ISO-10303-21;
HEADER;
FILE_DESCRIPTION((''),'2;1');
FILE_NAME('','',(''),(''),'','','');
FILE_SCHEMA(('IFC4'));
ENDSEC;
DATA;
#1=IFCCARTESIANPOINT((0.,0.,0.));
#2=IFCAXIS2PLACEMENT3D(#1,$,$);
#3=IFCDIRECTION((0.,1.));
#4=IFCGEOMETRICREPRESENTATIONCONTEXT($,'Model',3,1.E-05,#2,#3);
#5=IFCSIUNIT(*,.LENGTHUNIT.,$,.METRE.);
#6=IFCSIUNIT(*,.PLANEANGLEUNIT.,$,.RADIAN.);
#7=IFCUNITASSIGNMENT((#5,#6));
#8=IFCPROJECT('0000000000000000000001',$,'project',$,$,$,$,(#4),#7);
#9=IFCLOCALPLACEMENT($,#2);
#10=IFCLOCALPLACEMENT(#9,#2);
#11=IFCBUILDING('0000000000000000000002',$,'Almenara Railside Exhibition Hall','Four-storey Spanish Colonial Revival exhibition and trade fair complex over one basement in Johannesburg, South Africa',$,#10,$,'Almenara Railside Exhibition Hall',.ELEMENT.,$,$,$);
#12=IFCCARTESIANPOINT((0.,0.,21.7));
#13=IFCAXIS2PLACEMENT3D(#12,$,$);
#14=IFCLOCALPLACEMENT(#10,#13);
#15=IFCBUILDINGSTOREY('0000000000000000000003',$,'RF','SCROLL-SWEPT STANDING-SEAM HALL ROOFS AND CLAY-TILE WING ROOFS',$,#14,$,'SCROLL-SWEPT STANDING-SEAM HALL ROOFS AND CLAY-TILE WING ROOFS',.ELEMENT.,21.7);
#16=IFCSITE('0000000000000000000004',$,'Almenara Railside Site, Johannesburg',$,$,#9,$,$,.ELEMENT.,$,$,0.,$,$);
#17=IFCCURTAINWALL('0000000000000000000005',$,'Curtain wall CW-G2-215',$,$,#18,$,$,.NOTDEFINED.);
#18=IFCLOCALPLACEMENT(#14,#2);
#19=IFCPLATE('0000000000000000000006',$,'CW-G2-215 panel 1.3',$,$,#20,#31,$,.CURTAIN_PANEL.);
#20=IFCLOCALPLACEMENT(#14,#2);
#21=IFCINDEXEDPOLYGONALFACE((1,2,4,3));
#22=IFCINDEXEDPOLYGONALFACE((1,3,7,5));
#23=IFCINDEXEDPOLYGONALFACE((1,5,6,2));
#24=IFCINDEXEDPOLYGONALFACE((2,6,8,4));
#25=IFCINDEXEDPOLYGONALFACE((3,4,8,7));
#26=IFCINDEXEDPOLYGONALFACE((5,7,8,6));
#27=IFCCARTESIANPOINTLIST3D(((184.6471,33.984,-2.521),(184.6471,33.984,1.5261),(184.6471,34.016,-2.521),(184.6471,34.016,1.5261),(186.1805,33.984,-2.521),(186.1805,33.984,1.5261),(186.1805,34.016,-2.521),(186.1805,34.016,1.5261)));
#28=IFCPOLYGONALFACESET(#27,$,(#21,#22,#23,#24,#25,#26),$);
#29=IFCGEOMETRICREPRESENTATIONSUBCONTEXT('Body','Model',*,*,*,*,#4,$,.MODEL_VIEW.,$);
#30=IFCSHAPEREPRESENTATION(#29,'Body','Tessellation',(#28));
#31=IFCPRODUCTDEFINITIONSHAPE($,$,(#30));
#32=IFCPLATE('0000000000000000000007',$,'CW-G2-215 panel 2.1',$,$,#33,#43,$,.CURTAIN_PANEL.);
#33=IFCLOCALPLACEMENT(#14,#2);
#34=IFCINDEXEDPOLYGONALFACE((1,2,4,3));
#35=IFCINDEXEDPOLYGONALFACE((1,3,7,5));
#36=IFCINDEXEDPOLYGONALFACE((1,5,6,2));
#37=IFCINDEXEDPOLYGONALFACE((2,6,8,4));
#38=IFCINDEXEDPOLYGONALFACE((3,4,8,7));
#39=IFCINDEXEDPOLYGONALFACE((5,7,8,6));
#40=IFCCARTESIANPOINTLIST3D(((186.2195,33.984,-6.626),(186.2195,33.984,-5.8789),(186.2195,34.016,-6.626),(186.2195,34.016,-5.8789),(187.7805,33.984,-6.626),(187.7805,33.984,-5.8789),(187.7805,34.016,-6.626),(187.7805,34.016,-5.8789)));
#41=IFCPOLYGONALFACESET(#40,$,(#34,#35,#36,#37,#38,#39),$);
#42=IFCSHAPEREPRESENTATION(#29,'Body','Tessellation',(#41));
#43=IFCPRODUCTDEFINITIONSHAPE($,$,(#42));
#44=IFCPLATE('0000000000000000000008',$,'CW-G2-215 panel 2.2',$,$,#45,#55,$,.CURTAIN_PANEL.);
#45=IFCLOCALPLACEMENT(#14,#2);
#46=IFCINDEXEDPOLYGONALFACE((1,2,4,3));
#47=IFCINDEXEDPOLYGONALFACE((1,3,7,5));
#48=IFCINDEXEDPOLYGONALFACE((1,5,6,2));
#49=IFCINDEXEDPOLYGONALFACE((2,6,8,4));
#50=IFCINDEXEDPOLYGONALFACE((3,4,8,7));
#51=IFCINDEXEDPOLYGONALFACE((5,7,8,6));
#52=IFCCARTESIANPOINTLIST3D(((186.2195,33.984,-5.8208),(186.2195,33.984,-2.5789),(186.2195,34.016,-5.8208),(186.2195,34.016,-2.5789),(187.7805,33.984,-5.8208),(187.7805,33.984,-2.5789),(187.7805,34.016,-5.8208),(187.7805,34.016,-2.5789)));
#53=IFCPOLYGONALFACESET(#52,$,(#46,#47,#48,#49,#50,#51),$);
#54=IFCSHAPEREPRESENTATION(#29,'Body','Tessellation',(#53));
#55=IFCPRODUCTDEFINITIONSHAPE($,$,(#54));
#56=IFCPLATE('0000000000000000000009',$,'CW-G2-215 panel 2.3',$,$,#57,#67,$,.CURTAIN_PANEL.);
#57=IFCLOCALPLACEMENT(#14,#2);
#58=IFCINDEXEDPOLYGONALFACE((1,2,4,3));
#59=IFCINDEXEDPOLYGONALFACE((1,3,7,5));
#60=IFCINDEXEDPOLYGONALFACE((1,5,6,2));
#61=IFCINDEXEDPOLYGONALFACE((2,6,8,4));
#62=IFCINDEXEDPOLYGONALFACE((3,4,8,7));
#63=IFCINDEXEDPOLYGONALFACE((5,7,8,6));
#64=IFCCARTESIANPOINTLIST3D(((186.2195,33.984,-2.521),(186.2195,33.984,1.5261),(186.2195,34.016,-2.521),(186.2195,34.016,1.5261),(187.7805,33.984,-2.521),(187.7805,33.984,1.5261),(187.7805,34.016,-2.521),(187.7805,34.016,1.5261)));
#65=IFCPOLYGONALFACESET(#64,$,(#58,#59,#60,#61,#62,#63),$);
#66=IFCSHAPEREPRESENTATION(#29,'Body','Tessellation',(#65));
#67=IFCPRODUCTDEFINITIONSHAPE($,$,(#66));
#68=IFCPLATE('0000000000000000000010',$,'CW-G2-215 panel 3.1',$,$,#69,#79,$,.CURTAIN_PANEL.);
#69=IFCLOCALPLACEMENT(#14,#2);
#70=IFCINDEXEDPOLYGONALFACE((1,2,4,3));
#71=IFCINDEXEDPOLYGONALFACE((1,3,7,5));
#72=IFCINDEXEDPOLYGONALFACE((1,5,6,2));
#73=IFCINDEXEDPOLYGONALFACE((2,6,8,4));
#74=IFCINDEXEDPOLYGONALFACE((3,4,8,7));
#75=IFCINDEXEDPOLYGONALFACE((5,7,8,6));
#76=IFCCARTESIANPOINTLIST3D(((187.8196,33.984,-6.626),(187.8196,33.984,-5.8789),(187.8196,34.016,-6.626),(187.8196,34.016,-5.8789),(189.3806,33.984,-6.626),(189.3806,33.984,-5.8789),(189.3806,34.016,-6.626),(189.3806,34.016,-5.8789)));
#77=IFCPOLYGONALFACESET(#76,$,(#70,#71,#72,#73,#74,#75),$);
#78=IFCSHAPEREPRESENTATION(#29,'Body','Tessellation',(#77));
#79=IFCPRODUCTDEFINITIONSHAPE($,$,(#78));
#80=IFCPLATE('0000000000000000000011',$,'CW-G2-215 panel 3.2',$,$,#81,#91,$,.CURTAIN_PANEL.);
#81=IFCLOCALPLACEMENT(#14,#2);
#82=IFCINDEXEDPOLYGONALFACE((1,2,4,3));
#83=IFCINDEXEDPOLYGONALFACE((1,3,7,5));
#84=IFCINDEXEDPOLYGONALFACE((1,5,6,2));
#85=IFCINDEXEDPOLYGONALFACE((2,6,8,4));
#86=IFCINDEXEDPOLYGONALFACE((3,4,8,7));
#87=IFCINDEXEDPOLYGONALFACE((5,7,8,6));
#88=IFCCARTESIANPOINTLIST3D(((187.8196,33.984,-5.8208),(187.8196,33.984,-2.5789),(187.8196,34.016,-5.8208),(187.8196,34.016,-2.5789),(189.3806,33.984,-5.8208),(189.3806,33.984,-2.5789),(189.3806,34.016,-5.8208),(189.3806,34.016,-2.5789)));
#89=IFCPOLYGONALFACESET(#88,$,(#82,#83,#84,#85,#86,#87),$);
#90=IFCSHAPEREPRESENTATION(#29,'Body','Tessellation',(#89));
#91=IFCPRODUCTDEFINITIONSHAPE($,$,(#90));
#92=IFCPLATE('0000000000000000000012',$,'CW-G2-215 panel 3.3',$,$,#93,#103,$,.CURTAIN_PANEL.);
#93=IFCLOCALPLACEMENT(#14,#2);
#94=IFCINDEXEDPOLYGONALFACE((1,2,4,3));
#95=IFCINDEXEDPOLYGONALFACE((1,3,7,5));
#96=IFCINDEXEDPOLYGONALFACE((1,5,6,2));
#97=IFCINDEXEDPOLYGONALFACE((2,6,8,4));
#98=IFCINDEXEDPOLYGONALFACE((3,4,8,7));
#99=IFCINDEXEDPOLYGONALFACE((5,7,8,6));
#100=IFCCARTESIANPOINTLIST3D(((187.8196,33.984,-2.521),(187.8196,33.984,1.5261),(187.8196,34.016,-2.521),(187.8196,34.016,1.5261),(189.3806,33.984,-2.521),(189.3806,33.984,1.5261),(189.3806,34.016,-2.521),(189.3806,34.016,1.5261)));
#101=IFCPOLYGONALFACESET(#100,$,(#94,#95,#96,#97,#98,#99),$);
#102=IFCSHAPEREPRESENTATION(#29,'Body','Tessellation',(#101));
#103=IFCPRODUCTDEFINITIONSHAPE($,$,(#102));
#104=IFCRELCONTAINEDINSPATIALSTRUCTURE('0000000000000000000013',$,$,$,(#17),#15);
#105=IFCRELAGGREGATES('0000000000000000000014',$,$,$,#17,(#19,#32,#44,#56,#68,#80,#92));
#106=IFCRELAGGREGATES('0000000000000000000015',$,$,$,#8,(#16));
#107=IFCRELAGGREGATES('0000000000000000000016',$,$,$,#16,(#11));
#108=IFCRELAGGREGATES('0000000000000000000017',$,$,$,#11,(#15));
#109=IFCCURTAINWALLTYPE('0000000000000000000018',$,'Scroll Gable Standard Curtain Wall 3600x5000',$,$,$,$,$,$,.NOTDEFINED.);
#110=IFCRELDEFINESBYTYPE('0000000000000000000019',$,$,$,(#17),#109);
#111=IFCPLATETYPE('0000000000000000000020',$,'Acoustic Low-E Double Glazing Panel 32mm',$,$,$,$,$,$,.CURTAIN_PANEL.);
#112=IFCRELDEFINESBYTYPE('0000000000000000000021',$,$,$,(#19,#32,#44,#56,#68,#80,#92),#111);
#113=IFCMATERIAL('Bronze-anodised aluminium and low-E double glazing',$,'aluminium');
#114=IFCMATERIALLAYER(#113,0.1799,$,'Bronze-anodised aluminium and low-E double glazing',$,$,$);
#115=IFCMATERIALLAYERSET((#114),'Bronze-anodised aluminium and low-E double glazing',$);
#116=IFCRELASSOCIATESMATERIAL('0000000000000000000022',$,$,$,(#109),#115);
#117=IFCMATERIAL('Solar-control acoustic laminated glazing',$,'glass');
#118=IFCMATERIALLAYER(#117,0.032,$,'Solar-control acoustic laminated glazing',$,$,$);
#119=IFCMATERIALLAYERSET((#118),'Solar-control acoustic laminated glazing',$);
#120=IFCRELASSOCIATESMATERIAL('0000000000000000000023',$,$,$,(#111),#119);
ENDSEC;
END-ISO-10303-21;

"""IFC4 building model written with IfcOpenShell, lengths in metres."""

from ifc_helpers import new_model, si_unit, direction, frame, origin, origin_2d, place, context, subcontext, project, spatial, rectangle, extrude, material, layer, layer_set, type_object, element, aggregate, save


model = new_model("IFC4")

# Units and contexts
model_context = context("Model", 3, precision=1e-05, world=origin(), true_north=direction((0.0, 1.0)))
body_context = subcontext(model_context, "Body", "Model", "MODEL_VIEW")
ifc_project = project(units=[si_unit("LENGTHUNIT", "METRE"), si_unit("PLANEANGLEUNIT", "RADIAN")], contexts=[model_context])

# Site, building, storey
site_placement = place(None, origin())
site = spatial("IfcSite", under=ifc_project, at=site_placement, Name="Almenara Railside Site, Johannesburg", CompositionType="ELEMENT", RefElevation=0.0)
building_placement = place(site_placement, origin())
building = spatial("IfcBuilding", under=site, at=building_placement, Name="Almenara Railside Exhibition Hall", Description="Four-storey Spanish Colonial Revival exhibition and trade fair complex over one basement in Johannesburg, South Africa", LongName="Almenara Railside Exhibition Hall", CompositionType="ELEMENT")
storey_placement = place(building_placement, frame((0.0, 0.0, 21.7)))
storey = spatial("IfcBuildingStorey", under=building, at=storey_placement, Name="RF", Description="SCROLL-SWEPT STANDING-SEAM HALL ROOFS AND CLAY-TILE WING ROOFS", LongName="SCROLL-SWEPT STANDING-SEAM HALL ROOFS AND CLAY-TILE WING ROOFS", CompositionType="ELEMENT", Elevation=21.7)

# Curtain wall
ifc_material_1 = material(Name="Bronze-anodised aluminium and low-E double glazing", Category="aluminium")
ifc_layer_1 = layer(ifc_material_1, 0.1799, Name="Bronze-anodised aluminium and low-E double glazing")
ifc_layer_set_1 = layer_set([ifc_layer_1], Name="Bronze-anodised aluminium and low-E double glazing")
curtain_wall_type = type_object("IfcCurtainWallType", Name="Scroll Gable Standard Curtain Wall 3600x5000", PredefinedType="NOTDEFINED", material=ifc_layer_set_1)
curtain_wall_placement = place(storey_placement, origin())
curtain_wall = element("IfcCurtainWall", 1, at=curtain_wall_placement, inside=storey, type_object=curtain_wall_type, Name="Curtain wall CW-G2-215", PredefinedType="NOTDEFINED")

# Plates
ifc_material_2 = material(Name="Solar-control acoustic laminated glazing", Category="glass")
ifc_layer_2 = layer(ifc_material_2, 0.032, Name="Solar-control acoustic laminated glazing")
ifc_layer_set_2 = layer_set([ifc_layer_2], Name="Solar-control acoustic laminated glazing")
plate_type = type_object("IfcPlateType", Name="Acoustic Low-E Double Glazing Panel 32mm", PredefinedType="CURTAIN_PANEL", material=ifc_layer_set_2)
plate_1_placement = place(storey_placement, frame((185.4138, 34.0, -2.521), z_axis=(0.0, 0.0, 1.0), x_axis=(1.0, 0.0, 0.0)))
plate_1 = element("IfcPlate", 2, at=plate_1_placement, type_object=plate_type, Name="CW-G2-215 panel 1.3", PredefinedType="CURTAIN_PANEL", context=body_context, shape_type="SweptSolid", body=[
    extrude(rectangle(XDim=1.5334, YDim=0.032, at=origin_2d()), origin(), (0.0, 0.0, 1.0), 4.0471),
])
plate_2_placement = place(storey_placement, frame((187.0, 34.0, -6.626), z_axis=(0.0, 0.0, 1.0), x_axis=(1.0, 0.0, 0.0)))
plate_2 = element("IfcPlate", 3, at=plate_2_placement, type_object=plate_type, Name="CW-G2-215 panel 2.1", PredefinedType="CURTAIN_PANEL", context=body_context, shape_type="SweptSolid", body=[
    extrude(rectangle(XDim=1.561, YDim=0.032, at=origin_2d()), origin(), (0.0, 0.0, 1.0), 0.7471),
])
plate_3_placement = place(storey_placement, frame((187.0, 34.0, -5.8208), z_axis=(0.0, 0.0, 1.0), x_axis=(1.0, 0.0, 0.0)))
plate_3 = element("IfcPlate", 4, at=plate_3_placement, type_object=plate_type, Name="CW-G2-215 panel 2.2", PredefinedType="CURTAIN_PANEL", context=body_context, shape_type="SweptSolid", body=[
    extrude(rectangle(XDim=1.561, YDim=0.032, at=origin_2d()), origin(), (0.0, 0.0, 1.0), 3.2419),
])
plate_4_placement = place(storey_placement, frame((187.0, 34.0, -2.521), z_axis=(0.0, 0.0, 1.0), x_axis=(1.0, 0.0, 0.0)))
plate_4 = element("IfcPlate", 5, at=plate_4_placement, type_object=plate_type, Name="CW-G2-215 panel 2.3", PredefinedType="CURTAIN_PANEL", context=body_context, shape_type="SweptSolid", body=[
    extrude(rectangle(XDim=1.561, YDim=0.032, at=origin_2d()), origin(), (0.0, 0.0, 1.0), 4.0471),
])
plate_5_placement = place(storey_placement, frame((188.6001, 34.0, -6.626), z_axis=(0.0, 0.0, 1.0), x_axis=(1.0, 0.0, 0.0)))
plate_5 = element("IfcPlate", 6, at=plate_5_placement, type_object=plate_type, Name="CW-G2-215 panel 3.1", PredefinedType="CURTAIN_PANEL", context=body_context, shape_type="SweptSolid", body=[
    extrude(rectangle(XDim=1.561, YDim=0.032, at=origin_2d()), origin(), (0.0, 0.0, 1.0), 0.7471),
])
plate_6_placement = place(storey_placement, frame((188.6001, 34.0, -5.8208), z_axis=(0.0, 0.0, 1.0), x_axis=(1.0, 0.0, 0.0)))
plate_6 = element("IfcPlate", 7, at=plate_6_placement, type_object=plate_type, Name="CW-G2-215 panel 3.2", PredefinedType="CURTAIN_PANEL", context=body_context, shape_type="SweptSolid", body=[
    extrude(rectangle(XDim=1.561, YDim=0.032, at=origin_2d()), origin(), (0.0, 0.0, 1.0), 3.2419),
])
plate_7_placement = place(storey_placement, frame((188.6001, 34.0, -2.521), z_axis=(0.0, 0.0, 1.0), x_axis=(1.0, 0.0, 0.0)))
plate_7 = element("IfcPlate", 8, at=plate_7_placement, type_object=plate_type, Name="CW-G2-215 panel 3.3", PredefinedType="CURTAIN_PANEL", context=body_context, shape_type="SweptSolid", body=[
    extrude(rectangle(XDim=1.561, YDim=0.032, at=origin_2d()), origin(), (0.0, 0.0, 1.0), 4.0471),
])
aggregate(curtain_wall, [plate_1, plate_2, plate_3, plate_4, plate_5, plate_6, plate_7])

save(model, "model.ifc")
